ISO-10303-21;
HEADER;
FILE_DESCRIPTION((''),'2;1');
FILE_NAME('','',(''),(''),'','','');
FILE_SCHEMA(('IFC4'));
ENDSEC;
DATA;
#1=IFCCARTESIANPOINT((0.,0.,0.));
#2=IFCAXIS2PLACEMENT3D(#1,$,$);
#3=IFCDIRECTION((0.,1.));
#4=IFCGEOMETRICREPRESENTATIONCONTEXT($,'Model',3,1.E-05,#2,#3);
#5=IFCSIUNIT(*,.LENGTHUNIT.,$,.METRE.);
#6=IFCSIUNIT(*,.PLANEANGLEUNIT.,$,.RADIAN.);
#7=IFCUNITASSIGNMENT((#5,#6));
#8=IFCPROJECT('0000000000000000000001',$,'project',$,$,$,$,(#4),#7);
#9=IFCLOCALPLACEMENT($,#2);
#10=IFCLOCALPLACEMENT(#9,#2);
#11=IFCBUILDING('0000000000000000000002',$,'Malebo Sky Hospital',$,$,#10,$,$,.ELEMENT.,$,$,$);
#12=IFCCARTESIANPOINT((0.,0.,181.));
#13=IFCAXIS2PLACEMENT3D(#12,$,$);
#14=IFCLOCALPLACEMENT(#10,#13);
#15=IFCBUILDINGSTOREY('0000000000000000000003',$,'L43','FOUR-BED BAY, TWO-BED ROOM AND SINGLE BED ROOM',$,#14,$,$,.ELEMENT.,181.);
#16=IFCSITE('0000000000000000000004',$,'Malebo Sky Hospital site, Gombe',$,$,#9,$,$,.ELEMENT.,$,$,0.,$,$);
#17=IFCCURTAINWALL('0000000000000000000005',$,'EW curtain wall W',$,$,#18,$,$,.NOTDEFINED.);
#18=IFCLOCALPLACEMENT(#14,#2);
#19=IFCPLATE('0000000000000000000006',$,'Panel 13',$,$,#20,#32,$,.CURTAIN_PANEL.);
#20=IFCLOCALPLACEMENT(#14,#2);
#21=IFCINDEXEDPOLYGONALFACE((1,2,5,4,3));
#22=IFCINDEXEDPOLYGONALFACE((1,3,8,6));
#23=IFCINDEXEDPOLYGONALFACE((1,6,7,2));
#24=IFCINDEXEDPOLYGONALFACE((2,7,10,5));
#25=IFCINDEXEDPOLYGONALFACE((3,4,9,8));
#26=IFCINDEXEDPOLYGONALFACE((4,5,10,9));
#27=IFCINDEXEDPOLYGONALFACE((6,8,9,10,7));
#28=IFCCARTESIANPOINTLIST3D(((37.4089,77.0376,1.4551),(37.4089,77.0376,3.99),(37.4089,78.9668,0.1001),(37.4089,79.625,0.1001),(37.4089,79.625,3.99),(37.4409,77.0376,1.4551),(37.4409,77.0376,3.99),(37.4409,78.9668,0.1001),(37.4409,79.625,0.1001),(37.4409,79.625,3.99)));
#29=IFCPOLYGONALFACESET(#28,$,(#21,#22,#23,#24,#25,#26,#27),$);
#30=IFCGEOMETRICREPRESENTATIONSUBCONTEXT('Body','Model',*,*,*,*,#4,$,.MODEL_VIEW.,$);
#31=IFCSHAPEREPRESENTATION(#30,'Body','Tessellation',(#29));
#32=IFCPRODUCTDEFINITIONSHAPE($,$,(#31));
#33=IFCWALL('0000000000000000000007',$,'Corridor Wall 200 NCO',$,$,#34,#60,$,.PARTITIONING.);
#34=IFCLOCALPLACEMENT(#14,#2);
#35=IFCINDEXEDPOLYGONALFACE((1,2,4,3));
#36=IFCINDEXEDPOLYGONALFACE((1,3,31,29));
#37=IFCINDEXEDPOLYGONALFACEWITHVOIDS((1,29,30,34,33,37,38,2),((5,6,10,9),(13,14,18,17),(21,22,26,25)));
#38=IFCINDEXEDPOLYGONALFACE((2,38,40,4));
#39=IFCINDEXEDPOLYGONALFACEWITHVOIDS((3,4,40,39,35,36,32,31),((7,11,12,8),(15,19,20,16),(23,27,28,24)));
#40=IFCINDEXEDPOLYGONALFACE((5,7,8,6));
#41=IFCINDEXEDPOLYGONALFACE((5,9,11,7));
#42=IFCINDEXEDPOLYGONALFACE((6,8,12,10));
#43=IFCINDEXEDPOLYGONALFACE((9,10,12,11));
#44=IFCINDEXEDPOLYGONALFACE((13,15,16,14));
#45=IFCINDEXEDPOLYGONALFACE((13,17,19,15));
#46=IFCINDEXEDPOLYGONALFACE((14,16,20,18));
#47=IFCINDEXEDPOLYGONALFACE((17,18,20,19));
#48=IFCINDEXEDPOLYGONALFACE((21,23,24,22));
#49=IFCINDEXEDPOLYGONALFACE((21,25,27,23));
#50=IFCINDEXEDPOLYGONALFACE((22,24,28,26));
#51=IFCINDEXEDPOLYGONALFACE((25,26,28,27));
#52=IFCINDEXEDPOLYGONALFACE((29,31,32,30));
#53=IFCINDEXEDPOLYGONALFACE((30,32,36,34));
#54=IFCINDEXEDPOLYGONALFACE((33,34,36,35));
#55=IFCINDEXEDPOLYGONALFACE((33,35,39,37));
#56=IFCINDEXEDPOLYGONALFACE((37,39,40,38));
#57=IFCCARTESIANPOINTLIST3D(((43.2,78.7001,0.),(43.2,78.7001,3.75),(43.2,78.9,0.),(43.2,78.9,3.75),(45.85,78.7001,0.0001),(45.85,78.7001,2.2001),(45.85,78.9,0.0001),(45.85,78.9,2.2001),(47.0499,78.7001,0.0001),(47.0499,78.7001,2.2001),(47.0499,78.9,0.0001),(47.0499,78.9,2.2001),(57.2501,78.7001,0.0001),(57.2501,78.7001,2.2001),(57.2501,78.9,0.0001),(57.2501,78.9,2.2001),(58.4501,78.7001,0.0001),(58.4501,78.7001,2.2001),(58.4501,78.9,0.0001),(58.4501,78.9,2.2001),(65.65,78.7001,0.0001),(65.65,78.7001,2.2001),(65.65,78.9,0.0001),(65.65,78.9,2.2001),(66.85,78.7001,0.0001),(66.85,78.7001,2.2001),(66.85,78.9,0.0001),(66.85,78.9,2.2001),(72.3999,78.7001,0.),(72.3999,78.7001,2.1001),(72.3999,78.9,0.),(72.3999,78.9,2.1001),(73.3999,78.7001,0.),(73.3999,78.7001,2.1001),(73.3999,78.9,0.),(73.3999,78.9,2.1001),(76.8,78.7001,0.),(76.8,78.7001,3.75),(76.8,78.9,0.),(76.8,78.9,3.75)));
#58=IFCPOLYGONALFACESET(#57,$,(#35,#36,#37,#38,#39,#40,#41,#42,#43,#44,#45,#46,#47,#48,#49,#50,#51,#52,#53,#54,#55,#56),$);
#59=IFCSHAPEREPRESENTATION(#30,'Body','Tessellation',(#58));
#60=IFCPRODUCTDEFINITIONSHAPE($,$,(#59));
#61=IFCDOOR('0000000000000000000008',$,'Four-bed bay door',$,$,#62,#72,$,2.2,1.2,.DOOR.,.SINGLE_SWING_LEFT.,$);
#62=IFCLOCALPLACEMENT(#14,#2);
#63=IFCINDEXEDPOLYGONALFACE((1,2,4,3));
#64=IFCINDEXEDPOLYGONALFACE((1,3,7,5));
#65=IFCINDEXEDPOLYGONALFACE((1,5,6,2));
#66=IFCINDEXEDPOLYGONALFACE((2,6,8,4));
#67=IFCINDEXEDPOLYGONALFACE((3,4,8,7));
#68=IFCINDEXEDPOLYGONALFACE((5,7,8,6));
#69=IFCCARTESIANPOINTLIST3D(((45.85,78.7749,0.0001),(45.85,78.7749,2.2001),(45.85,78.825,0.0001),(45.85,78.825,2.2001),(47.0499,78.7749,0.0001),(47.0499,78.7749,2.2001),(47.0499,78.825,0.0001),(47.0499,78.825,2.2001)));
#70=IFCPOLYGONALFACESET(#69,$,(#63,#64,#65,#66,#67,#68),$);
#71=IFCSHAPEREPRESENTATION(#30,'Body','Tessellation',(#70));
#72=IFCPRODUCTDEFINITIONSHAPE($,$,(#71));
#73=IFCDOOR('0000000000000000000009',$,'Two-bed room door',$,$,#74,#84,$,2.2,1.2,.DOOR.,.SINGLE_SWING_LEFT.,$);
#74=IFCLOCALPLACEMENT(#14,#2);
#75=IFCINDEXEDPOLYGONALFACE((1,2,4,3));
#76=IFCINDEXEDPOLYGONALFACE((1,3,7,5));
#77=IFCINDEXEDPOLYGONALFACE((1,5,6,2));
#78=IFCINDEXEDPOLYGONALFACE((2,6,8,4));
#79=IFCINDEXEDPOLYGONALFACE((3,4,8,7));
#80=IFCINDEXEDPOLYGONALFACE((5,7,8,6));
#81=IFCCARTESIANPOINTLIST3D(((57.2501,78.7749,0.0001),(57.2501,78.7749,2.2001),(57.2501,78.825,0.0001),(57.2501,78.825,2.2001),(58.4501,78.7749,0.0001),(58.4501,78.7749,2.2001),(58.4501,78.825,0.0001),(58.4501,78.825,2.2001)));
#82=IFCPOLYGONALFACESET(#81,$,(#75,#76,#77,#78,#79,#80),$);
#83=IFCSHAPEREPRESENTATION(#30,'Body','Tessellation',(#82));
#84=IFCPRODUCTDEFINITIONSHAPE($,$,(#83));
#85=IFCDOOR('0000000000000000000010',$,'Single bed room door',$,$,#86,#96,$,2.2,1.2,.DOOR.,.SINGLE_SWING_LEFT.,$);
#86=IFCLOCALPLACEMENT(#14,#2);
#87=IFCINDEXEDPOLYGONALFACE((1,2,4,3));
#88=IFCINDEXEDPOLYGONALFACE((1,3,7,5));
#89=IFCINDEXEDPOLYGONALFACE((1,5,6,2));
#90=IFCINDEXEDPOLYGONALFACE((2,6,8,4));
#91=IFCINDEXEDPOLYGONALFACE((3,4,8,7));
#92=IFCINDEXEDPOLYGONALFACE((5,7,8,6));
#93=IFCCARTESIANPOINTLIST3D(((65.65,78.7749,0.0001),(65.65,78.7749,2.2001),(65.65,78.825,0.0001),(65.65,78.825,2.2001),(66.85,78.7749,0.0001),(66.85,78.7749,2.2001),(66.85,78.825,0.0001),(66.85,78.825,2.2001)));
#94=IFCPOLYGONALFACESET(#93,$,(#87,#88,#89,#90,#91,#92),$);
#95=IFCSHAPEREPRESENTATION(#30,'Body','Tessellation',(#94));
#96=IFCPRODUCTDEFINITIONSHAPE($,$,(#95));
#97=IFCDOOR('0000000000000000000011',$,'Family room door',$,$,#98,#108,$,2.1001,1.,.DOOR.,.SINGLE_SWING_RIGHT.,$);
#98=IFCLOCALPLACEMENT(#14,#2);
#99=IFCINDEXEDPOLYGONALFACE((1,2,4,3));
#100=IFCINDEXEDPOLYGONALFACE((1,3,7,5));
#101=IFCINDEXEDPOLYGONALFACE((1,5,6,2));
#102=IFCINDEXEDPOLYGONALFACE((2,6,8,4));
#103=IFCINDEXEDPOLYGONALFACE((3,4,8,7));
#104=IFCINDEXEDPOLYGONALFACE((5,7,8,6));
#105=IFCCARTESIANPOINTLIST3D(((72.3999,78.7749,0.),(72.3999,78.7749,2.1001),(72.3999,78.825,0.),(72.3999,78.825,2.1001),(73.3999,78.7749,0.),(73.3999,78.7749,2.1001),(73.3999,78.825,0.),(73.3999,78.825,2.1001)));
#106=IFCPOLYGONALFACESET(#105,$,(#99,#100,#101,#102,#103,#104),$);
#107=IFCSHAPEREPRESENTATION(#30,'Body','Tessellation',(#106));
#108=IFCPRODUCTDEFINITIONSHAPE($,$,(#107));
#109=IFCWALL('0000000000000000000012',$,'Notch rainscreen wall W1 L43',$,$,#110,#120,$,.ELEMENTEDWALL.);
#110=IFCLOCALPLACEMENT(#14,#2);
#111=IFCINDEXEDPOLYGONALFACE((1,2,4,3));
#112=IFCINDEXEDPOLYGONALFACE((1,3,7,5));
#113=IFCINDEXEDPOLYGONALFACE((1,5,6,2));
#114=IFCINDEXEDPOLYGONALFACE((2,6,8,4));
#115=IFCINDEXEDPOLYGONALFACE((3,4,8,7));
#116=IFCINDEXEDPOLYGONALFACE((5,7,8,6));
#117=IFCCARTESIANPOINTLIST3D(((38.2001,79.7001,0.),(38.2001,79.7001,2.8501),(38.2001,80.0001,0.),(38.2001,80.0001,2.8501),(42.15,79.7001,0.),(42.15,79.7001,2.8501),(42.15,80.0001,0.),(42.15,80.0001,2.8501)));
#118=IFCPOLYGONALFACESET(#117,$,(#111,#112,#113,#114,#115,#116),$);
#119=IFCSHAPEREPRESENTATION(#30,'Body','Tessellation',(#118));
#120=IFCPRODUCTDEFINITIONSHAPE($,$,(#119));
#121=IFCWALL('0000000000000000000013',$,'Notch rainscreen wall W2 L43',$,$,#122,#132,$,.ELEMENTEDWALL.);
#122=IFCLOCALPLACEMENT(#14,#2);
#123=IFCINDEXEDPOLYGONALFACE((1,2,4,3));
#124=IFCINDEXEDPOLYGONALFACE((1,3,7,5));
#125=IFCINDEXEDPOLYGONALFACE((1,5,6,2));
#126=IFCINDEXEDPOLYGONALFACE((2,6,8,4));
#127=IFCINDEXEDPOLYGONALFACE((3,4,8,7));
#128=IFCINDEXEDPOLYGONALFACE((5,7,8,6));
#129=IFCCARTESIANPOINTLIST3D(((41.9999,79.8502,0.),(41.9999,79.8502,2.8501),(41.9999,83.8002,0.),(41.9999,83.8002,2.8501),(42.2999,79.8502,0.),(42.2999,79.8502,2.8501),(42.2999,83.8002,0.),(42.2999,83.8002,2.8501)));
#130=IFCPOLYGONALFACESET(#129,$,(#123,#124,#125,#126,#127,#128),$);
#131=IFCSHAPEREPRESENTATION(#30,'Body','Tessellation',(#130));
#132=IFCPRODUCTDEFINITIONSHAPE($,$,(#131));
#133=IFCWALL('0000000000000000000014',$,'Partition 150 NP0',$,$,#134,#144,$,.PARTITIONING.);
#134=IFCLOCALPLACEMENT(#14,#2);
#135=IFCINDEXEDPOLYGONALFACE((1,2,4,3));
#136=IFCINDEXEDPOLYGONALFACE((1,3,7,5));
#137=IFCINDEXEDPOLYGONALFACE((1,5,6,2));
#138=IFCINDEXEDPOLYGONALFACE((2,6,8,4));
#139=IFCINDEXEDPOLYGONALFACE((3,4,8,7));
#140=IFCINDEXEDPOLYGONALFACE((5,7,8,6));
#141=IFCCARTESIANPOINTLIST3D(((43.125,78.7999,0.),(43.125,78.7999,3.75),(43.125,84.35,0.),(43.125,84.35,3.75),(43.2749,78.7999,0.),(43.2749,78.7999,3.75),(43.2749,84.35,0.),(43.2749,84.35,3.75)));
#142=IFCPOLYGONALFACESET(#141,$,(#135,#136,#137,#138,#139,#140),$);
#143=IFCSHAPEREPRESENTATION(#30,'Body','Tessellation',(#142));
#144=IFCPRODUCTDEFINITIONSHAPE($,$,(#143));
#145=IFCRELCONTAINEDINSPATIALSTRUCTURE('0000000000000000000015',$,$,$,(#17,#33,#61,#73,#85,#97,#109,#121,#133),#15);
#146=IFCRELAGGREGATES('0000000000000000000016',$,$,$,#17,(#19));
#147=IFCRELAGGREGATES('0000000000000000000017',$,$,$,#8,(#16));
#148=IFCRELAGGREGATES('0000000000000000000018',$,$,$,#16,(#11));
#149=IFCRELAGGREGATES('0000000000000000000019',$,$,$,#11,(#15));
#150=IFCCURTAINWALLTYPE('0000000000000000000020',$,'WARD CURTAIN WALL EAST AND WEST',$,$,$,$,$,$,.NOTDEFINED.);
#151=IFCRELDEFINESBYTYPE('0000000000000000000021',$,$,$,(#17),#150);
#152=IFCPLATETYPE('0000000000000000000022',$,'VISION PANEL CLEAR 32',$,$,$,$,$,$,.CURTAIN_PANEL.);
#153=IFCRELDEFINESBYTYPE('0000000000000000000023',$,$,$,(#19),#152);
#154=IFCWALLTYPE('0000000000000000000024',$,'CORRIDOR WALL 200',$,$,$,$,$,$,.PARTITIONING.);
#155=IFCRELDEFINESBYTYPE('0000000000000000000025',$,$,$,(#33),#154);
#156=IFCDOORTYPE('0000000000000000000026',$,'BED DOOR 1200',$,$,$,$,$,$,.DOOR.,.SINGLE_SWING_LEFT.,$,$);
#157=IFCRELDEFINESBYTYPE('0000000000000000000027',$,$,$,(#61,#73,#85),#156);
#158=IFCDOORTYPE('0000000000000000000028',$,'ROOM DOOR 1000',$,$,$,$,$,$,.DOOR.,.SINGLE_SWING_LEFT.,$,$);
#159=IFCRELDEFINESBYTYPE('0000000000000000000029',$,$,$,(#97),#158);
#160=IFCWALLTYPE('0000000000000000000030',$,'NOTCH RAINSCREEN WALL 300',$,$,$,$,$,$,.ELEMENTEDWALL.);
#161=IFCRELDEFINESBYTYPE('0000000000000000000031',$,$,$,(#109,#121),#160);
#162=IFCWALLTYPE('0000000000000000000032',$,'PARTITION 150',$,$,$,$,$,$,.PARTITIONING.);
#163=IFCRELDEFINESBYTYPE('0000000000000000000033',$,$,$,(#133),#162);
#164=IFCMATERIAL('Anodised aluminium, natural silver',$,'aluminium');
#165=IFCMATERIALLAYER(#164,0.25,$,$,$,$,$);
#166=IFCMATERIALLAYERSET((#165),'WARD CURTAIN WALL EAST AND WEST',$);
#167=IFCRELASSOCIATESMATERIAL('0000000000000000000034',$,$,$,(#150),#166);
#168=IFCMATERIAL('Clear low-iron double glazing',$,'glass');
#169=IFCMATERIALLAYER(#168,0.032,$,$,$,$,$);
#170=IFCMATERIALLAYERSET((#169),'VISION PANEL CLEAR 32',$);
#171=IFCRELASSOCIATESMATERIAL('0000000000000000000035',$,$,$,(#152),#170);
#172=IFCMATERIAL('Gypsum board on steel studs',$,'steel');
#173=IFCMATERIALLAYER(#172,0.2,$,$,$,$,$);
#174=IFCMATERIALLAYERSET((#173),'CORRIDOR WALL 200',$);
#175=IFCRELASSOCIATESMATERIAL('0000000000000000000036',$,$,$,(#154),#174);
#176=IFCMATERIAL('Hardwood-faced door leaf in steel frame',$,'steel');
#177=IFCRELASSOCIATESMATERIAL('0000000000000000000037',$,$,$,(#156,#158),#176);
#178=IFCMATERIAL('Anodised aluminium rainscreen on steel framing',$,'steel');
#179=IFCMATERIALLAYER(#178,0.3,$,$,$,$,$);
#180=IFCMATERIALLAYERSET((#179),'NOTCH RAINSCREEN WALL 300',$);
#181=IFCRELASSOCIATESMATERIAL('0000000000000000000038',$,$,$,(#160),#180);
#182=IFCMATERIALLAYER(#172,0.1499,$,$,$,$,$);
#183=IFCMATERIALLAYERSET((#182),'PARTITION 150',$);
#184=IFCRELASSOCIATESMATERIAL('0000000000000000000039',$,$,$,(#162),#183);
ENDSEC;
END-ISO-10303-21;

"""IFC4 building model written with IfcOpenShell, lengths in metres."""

from ifc_helpers import new_model, si_unit, direction, frame, frame_2d, origin, place, context, subcontext, project, spatial, polyline, rectangle, outline, extrude, material, layer, layer_set, type_object, element, fill, aggregate, save


model = new_model("IFC4")

# Units and contexts
model_context = context("Model", 3, precision=1e-05, world=origin(), true_north=direction((0.0, 1.0)))
body_context = subcontext(model_context, "Body", "Model", "MODEL_VIEW")
ifc_project = project(units=[si_unit("LENGTHUNIT", "METRE"), si_unit("PLANEANGLEUNIT", "RADIAN")], contexts=[model_context])

# Site, building, storey
site_placement = place(None, origin())
site = spatial("IfcSite", under=ifc_project, at=site_placement, Name="Malebo Sky Hospital site, Gombe", CompositionType="ELEMENT", RefElevation=0.0)
building_placement = place(site_placement, origin())
building = spatial("IfcBuilding", under=site, at=building_placement, Name="Malebo Sky Hospital", CompositionType="ELEMENT")
storey_placement = place(building_placement, frame((0.0, 0.0, 181.0)))
storey = spatial("IfcBuildingStorey", under=building, at=storey_placement, Name="L43", Description="FOUR-BED BAY, TWO-BED ROOM AND SINGLE BED ROOM", CompositionType="ELEMENT", Elevation=181.0)

# Shared definitions
ifc_material_1 = material(Name="Anodised aluminium, natural silver", Category="aluminium")

# Curtain wall
ifc_layer_1 = layer(ifc_material_1, 0.25)
ifc_layer_set_1 = layer_set([ifc_layer_1], Name="WARD CURTAIN WALL EAST AND WEST")
curtain_wall_type_1 = type_object("IfcCurtainWallType", Name="WARD CURTAIN WALL EAST AND WEST", PredefinedType="NOTDEFINED", material=ifc_layer_set_1)
curtain_wall_1_placement = place(storey_placement, origin())
curtain_wall_1 = element("IfcCurtainWall", 1, at=curtain_wall_1_placement, inside=storey, type_object=curtain_wall_type_1, Name="EW curtain wall W", PredefinedType="NOTDEFINED")

# Plate
ifc_material_2 = material(Name="Clear low-iron double glazing", Category="glass")
ifc_layer_2 = layer(ifc_material_2, 0.032)
ifc_layer_set_2 = layer_set([ifc_layer_2], Name="VISION PANEL CLEAR 32")
plate_type = type_object("IfcPlateType", Name="VISION PANEL CLEAR 32", PredefinedType="CURTAIN_PANEL", material=ifc_layer_set_2)
plate_1_placement = place(storey_placement, frame((37.425, 78.3313, 0.1001), z_axis=(0.0, 0.0, 1.0), x_axis=(0.0, 1.0, 0.0)))
plate_1 = element("IfcPlate", 2, at=plate_1_placement, type_object=plate_type, Name="Panel 13", PredefinedType="CURTAIN_PANEL", context=body_context, shape_type="SweptSolid", body=[
    extrude(outline(polyline([(0.6355, 0.0), (1.2937, 0.0), (1.2937, 3.8899), (-1.2937, 3.8899), (-1.2937, 1.355), (0.6355, 0.0)])), frame((0.0, 0.0161, 0.0), z_axis=(0.0, -1.0, 0.0), x_axis=(1.0, 0.0, 0.0)), (0.0, 0.0, 1.0), 0.032),
])
aggregate(curtain_wall_1, [plate_1])

# Wall, openings, doors
ifc_material_3 = material(Name="Gypsum board on steel studs", Category="steel")
ifc_layer_3 = layer(ifc_material_3, 0.2)
ifc_layer_set_3 = layer_set([ifc_layer_3], Name="CORRIDOR WALL 200")
wall_type_1 = type_object("IfcWallType", Name="CORRIDOR WALL 200", PredefinedType="PARTITIONING", material=ifc_layer_set_3)
wall_1_placement = place(storey_placement, frame((43.2, 78.8, 0.0), z_axis=(0.0, 0.0, 1.0), x_axis=(1.0, 0.0, 0.0)))
wall_1 = element("IfcWall", 3, at=wall_1_placement, inside=storey, type_object=wall_type_1, Name="Corridor Wall 200 NCO", PredefinedType="PARTITIONING", context=body_context, shape_type="SweptSolid", body=[
    extrude(rectangle(XDim=33.6001, YDim=0.2, at=frame_2d((16.8, 0.0))), origin(), (0.0, 0.0, 1.0), 3.75),
])
opening_1_placement = place(wall_1_placement, frame((2.6499, 0.0, 0.0)))
opening_1 = element("IfcOpeningElement", 4, at=opening_1_placement, cuts=wall_1, PredefinedType="OPENING", context=body_context, shape_type="SweptSolid", body=[
    extrude(rectangle(XDim=1.2, YDim=2.2, at=frame_2d((0.6001, 1.1001))), frame((0.0, 0.1099, 0.0), z_axis=(0.0, -1.0, 0.0), x_axis=(1.0, 0.0, 0.0)), (0.0, 0.0, 1.0), 0.22),
])
opening_2_placement = place(wall_1_placement, frame((14.05, 0.0, 0.0)))
opening_2 = element("IfcOpeningElement", 5, at=opening_2_placement, cuts=wall_1, PredefinedType="OPENING", context=body_context, shape_type="SweptSolid", body=[
    extrude(rectangle(XDim=1.2, YDim=2.2, at=frame_2d((0.6001, 1.1001))), frame((0.0, 0.1099, 0.0), z_axis=(0.0, -1.0, 0.0), x_axis=(1.0, 0.0, 0.0)), (0.0, 0.0, 1.0), 0.22),
])
opening_3_placement = place(wall_1_placement, frame((22.45, 0.0, 0.0)))
opening_3 = element("IfcOpeningElement", 6, at=opening_3_placement, cuts=wall_1, PredefinedType="OPENING", context=body_context, shape_type="SweptSolid", body=[
    extrude(rectangle(XDim=1.2, YDim=2.2, at=frame_2d((0.6001, 1.1001))), frame((0.0, 0.1099, 0.0), z_axis=(0.0, -1.0, 0.0), x_axis=(1.0, 0.0, 0.0)), (0.0, 0.0, 1.0), 0.22),
])
opening_4_placement = place(wall_1_placement, frame((29.2, 0.0, 0.0)))
opening_4 = element("IfcOpeningElement", 7, at=opening_4_placement, cuts=wall_1, PredefinedType="OPENING", context=body_context, shape_type="SweptSolid", body=[
    extrude(rectangle(XDim=1.0, YDim=2.1001, at=frame_2d((0.5, 1.05))), frame((0.0, 0.1099, 0.0), z_axis=(0.0, -1.0, 0.0), x_axis=(1.0, 0.0, 0.0)), (0.0, 0.0, 1.0), 0.22),
])
ifc_material_4 = material(Name="Hardwood-faced door leaf in steel frame", Category="steel")
door_type_1 = type_object("IfcDoorType", Name="BED DOOR 1200", OperationType="SINGLE_SWING_LEFT", PredefinedType="DOOR", material=ifc_material_4)
door_1_placement = place(opening_1_placement, origin())
door_1 = element("IfcDoor", 8, at=door_1_placement, inside=storey, type_object=door_type_1, Name="Four-bed bay door", OperationType="SINGLE_SWING_LEFT", OverallHeight=2.2, OverallWidth=1.2, PredefinedType="DOOR", context=body_context, shape_type="SweptSolid", body=[
    extrude(rectangle(XDim=1.2, YDim=2.2, at=frame_2d((0.6001, 1.1001))), frame((0.0, 0.0249, 0.0), z_axis=(0.0, -1.0, 0.0), x_axis=(1.0, 0.0, 0.0)), (0.0, 0.0, 1.0), 0.05),
])
fill(opening_1, door_1)
door_2_placement = place(opening_2_placement, origin())
door_2 = element("IfcDoor", 9, at=door_2_placement, inside=storey, type_object=door_type_1, Name="Two-bed room door", OperationType="SINGLE_SWING_LEFT", OverallHeight=2.2, OverallWidth=1.2, PredefinedType="DOOR", context=body_context, shape_type="SweptSolid", body=[
    extrude(rectangle(XDim=1.2, YDim=2.2, at=frame_2d((0.6001, 1.1001))), frame((0.0, 0.0249, 0.0), z_axis=(0.0, -1.0, 0.0), x_axis=(1.0, 0.0, 0.0)), (0.0, 0.0, 1.0), 0.05),
])
fill(opening_2, door_2)
door_3_placement = place(opening_3_placement, origin())
door_3 = element("IfcDoor", 10, at=door_3_placement, inside=storey, type_object=door_type_1, Name="Single bed room door", OperationType="SINGLE_SWING_LEFT", OverallHeight=2.2, OverallWidth=1.2, PredefinedType="DOOR", context=body_context, shape_type="SweptSolid", body=[
    extrude(rectangle(XDim=1.2, YDim=2.2, at=frame_2d((0.6001, 1.1001))), frame((0.0, 0.0249, 0.0), z_axis=(0.0, -1.0, 0.0), x_axis=(1.0, 0.0, 0.0)), (0.0, 0.0, 1.0), 0.05),
])
fill(opening_3, door_3)
door_type_2 = type_object("IfcDoorType", Name="ROOM DOOR 1000", OperationType="SINGLE_SWING_LEFT", PredefinedType="DOOR", material=ifc_material_4)
door_4_placement = place(opening_4_placement, origin())
door_4 = element("IfcDoor", 11, at=door_4_placement, inside=storey, type_object=door_type_2, Name="Family room door", OperationType="SINGLE_SWING_RIGHT", OverallHeight=2.1001, OverallWidth=1.0, PredefinedType="DOOR", context=body_context, shape_type="SweptSolid", body=[
    extrude(rectangle(XDim=1.0, YDim=2.1001, at=frame_2d((0.5, 1.05))), frame((0.0, 0.0249, 0.0), z_axis=(0.0, -1.0, 0.0), x_axis=(1.0, 0.0, 0.0)), (0.0, 0.0, 1.0), 0.05),
])
fill(opening_4, door_4)

# Walls
ifc_material_5 = material(Name="Anodised aluminium rainscreen on steel framing", Category="steel")
ifc_layer_4 = layer(ifc_material_5, 0.3)
ifc_layer_set_4 = layer_set([ifc_layer_4], Name="NOTCH RAINSCREEN WALL 300")
wall_type_2 = type_object("IfcWallType", Name="NOTCH RAINSCREEN WALL 300", PredefinedType="ELEMENTEDWALL", material=ifc_layer_set_4)
for number, where, z_axis, x_axis, name in (
    (12, (38.2, 79.8501, 0.0), (0.0, 0.0, 1.0), (1.0, 0.0, 0.0), "Notch rainscreen wall W1 L43"),
    (13, (42.1499, 79.8501, 0.0), (0.0, 0.0, 1.0), (0.0, 1.0, 0.0), "Notch rainscreen wall W2 L43"),
):
    element("IfcWall", number, at=place(storey_placement, frame(where, z_axis=z_axis, x_axis=x_axis)), inside=storey, type_object=wall_type_2, Name=name, PredefinedType="ELEMENTEDWALL", context=body_context, shape_type="SweptSolid", body=[
        extrude(rectangle(XDim=3.95, YDim=0.3, at=frame_2d((1.9751, 0.0))), origin(), (0.0, 0.0, 1.0), 2.8501),
    ])
ifc_layer_5 = layer(ifc_material_3, 0.1499)
ifc_layer_set_5 = layer_set([ifc_layer_5], Name="PARTITION 150")
wall_type_3 = type_object("IfcWallType", Name="PARTITION 150", PredefinedType="PARTITIONING", material=ifc_layer_set_5)
wall_2_placement = place(storey_placement, frame((43.2, 78.8, 0.0), z_axis=(0.0, 0.0, 1.0), x_axis=(0.0, 1.0, 0.0)))
element("IfcWall", 14, at=wall_2_placement, inside=storey, type_object=wall_type_3, Name="Partition 150 NP0", PredefinedType="PARTITIONING", context=body_context, shape_type="SweptSolid", body=[
    extrude(rectangle(XDim=5.55, YDim=0.1499, at=frame_2d((2.7749, 0.0))), origin(), (0.0, 0.0, 1.0), 3.75),
])

save(model, "model.ifc")
